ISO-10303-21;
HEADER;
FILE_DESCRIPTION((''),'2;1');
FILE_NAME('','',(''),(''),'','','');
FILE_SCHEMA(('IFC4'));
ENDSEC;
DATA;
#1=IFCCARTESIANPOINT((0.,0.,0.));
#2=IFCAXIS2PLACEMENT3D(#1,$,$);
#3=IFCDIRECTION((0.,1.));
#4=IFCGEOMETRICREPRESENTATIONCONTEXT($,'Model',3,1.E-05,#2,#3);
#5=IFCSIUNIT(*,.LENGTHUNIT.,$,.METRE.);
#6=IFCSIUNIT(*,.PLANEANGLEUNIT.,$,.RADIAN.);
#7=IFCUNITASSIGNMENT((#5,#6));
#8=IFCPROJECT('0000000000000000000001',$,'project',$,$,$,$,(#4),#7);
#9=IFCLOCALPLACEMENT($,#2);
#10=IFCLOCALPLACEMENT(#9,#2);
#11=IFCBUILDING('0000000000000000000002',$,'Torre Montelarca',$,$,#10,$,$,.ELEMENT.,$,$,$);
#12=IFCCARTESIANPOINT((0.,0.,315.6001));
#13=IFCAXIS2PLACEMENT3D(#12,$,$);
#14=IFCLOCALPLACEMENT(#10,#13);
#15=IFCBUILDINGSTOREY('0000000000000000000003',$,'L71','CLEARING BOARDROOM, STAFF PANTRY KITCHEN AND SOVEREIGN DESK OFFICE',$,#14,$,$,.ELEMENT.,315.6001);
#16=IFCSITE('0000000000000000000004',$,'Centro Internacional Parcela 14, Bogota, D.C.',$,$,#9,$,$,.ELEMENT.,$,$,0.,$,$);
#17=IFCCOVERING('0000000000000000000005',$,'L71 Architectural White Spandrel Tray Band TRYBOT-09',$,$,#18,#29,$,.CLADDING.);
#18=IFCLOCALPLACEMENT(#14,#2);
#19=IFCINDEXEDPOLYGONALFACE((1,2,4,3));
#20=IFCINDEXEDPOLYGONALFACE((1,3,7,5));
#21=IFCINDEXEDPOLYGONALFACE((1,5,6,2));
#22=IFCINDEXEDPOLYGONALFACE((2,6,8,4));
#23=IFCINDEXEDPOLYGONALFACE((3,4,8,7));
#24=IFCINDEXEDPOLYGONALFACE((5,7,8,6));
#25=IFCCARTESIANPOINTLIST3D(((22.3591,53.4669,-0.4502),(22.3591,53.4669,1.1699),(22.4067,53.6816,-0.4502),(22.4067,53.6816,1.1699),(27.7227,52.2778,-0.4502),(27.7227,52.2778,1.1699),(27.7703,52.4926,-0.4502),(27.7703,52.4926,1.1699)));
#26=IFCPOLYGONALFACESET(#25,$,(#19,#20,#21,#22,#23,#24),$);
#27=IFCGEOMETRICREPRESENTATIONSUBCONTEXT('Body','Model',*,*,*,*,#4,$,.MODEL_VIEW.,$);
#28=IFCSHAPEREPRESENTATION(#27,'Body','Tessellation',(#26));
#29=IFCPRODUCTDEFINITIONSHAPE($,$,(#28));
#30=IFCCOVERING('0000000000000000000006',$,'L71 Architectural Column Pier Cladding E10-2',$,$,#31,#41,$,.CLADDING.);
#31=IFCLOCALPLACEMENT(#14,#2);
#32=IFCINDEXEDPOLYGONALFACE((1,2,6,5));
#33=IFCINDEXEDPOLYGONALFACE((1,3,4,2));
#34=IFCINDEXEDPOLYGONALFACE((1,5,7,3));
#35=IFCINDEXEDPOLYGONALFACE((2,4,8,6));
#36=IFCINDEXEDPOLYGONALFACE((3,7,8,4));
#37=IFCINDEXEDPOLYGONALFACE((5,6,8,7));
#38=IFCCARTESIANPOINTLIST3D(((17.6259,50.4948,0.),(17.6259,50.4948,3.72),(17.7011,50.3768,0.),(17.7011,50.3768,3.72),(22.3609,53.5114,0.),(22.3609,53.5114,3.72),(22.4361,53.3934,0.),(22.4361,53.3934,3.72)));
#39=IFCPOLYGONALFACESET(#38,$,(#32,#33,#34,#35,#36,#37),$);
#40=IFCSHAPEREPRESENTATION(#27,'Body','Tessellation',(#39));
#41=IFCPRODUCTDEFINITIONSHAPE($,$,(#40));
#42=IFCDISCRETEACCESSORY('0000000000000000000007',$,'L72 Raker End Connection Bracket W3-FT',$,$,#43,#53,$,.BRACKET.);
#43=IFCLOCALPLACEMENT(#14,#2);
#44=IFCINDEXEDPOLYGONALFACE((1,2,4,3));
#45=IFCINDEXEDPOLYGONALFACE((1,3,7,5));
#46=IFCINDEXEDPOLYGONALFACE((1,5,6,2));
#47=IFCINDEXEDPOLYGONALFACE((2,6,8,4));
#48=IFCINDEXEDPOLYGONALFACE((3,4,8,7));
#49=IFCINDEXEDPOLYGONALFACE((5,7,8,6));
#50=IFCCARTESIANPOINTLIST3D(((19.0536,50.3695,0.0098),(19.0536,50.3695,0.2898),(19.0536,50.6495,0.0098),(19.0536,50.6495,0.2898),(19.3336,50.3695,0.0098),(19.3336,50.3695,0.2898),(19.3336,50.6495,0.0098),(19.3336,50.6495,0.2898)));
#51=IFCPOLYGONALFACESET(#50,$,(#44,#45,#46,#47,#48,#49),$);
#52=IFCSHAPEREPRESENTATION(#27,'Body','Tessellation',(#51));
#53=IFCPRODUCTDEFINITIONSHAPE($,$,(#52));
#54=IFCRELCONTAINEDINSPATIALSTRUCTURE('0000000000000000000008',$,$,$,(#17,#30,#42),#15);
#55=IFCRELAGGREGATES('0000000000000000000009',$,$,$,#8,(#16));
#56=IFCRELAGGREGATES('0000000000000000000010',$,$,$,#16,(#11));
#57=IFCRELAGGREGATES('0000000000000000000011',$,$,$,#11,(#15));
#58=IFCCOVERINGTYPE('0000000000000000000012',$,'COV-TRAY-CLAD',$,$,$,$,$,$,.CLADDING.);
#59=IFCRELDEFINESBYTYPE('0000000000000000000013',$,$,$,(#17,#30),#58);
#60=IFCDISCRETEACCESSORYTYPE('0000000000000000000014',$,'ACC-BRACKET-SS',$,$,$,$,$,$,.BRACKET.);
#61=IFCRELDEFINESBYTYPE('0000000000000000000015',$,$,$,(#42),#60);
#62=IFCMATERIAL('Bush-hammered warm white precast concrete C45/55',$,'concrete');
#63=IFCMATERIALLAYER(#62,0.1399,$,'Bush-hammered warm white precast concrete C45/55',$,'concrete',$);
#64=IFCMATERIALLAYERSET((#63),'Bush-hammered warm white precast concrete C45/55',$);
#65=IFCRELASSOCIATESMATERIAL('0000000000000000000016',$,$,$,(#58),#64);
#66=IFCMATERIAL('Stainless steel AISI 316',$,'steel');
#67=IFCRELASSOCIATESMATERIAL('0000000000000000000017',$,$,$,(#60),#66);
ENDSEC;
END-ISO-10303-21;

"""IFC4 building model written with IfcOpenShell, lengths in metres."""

from ifc_helpers import new_model, si_unit, direction, frame, origin, origin_2d, place, context, subcontext, project, spatial, rectangle, extrude, source, transform, mapped, material, layer, layer_set, type_object, element, save


model = new_model("IFC4")

# Units and contexts
model_context = context("Model", 3, precision=1e-05, world=origin(), true_north=direction((0.0, 1.0)))
body_context = subcontext(model_context, "Body", "Model", "MODEL_VIEW")
ifc_project = project(units=[si_unit("LENGTHUNIT", "METRE"), si_unit("PLANEANGLEUNIT", "RADIAN")], contexts=[model_context])

# Site, building, storey
site_placement = place(None, origin())
site = spatial("IfcSite", under=ifc_project, at=site_placement, Name="Centro Internacional Parcela 14, Bogota, D.C.", CompositionType="ELEMENT", RefElevation=0.0)
building_placement = place(site_placement, origin())
building = spatial("IfcBuilding", under=site, at=building_placement, Name="Torre Montelarca", CompositionType="ELEMENT")
storey_placement = place(building_placement, frame((0.0, 0.0, 315.6001)))
storey = spatial("IfcBuildingStorey", under=building, at=storey_placement, Name="L71", Description="CLEARING BOARDROOM, STAFF PANTRY KITCHEN AND SOVEREIGN DESK OFFICE", CompositionType="ELEMENT", Elevation=315.6001)

# Coverings
ifc_material_1 = material(Name="Bush-hammered warm white precast concrete C45/55", Category="concrete")
ifc_layer_1 = layer(ifc_material_1, 0.1399, Name="Bush-hammered warm white precast concrete C45/55", Category="concrete")
ifc_layer_set_1 = layer_set([ifc_layer_1], Name="Bush-hammered warm white precast concrete C45/55")
covering_type = type_object("IfcCoveringType", Name="COV-TRAY-CLAD", PredefinedType="CLADDING", material=ifc_layer_set_1)
shared_shape_1 = source(origin(), body_context, "Body", "SweptSolid", [
    extrude(rectangle(XDim=5.4939, YDim=0.22, at=origin_2d()), origin(), (0.0, 0.0, 1.0), 1.6201),
])
covering_1_placement = place(storey_placement, frame((25.0647, 52.9797, -0.4502), z_axis=(0.0, 0.0, 1.0), x_axis=(-0.976298, 0.216433, 0.0)))
element("IfcCovering", 1, at=covering_1_placement, inside=storey, type_object=covering_type, Name="L71 Architectural White Spandrel Tray Band TRYBOT-09", PredefinedType="CLADDING", context=body_context, shape_type="MappedRepresentation", body=[
    mapped(shared_shape_1, transform((0.0, 0.0, 0.0), scale=1.0)),
])
shared_shape_2 = source(origin(), body_context, "Body", "SweptSolid", [
    extrude(rectangle(XDim=5.6143, YDim=0.1399, at=origin_2d()), origin(), (0.0, 0.0, 1.0), 3.72),
])
covering_2_placement = place(storey_placement, frame((20.031, 51.9441, 0.0), z_axis=(0.0, 0.0, 1.0), x_axis=(-0.843391, -0.537301, 0.0)))
element("IfcCovering", 2, at=covering_2_placement, inside=storey, type_object=covering_type, Name="L71 Architectural Column Pier Cladding E10-2", PredefinedType="CLADDING", context=body_context, shape_type="MappedRepresentation", body=[
    mapped(shared_shape_2, transform((0.0, 0.0, 0.0), scale=1.0)),
])

# Discrete accessory
ifc_material_2 = material(Name="Stainless steel AISI 316", Category="steel")
discrete_accessory_type = type_object("IfcDiscreteAccessoryType", Name="ACC-BRACKET-SS", PredefinedType="BRACKET", material=ifc_material_2)
shared_shape_3 = source(origin(), body_context, "Body", "SweptSolid", [
    extrude(rectangle(XDim=0.28, YDim=0.28, at=origin_2d()), origin(), (0.0, 0.0, 1.0), 0.28),
])
discrete_accessory_placement = place(storey_placement, frame((19.1936, 50.5095, 0.0098), z_axis=(0.0, 0.0, 1.0), x_axis=(1.0, 0.0, 0.0)))
element("IfcDiscreteAccessory", 3, at=discrete_accessory_placement, inside=storey, type_object=discrete_accessory_type, Name="L72 Raker End Connection Bracket W3-FT", PredefinedType="BRACKET", context=body_context, shape_type="MappedRepresentation", body=[
    mapped(shared_shape_3, transform((0.0, 0.0, 0.0), scale=1.0)),
])

save(model, "model.ifc")
